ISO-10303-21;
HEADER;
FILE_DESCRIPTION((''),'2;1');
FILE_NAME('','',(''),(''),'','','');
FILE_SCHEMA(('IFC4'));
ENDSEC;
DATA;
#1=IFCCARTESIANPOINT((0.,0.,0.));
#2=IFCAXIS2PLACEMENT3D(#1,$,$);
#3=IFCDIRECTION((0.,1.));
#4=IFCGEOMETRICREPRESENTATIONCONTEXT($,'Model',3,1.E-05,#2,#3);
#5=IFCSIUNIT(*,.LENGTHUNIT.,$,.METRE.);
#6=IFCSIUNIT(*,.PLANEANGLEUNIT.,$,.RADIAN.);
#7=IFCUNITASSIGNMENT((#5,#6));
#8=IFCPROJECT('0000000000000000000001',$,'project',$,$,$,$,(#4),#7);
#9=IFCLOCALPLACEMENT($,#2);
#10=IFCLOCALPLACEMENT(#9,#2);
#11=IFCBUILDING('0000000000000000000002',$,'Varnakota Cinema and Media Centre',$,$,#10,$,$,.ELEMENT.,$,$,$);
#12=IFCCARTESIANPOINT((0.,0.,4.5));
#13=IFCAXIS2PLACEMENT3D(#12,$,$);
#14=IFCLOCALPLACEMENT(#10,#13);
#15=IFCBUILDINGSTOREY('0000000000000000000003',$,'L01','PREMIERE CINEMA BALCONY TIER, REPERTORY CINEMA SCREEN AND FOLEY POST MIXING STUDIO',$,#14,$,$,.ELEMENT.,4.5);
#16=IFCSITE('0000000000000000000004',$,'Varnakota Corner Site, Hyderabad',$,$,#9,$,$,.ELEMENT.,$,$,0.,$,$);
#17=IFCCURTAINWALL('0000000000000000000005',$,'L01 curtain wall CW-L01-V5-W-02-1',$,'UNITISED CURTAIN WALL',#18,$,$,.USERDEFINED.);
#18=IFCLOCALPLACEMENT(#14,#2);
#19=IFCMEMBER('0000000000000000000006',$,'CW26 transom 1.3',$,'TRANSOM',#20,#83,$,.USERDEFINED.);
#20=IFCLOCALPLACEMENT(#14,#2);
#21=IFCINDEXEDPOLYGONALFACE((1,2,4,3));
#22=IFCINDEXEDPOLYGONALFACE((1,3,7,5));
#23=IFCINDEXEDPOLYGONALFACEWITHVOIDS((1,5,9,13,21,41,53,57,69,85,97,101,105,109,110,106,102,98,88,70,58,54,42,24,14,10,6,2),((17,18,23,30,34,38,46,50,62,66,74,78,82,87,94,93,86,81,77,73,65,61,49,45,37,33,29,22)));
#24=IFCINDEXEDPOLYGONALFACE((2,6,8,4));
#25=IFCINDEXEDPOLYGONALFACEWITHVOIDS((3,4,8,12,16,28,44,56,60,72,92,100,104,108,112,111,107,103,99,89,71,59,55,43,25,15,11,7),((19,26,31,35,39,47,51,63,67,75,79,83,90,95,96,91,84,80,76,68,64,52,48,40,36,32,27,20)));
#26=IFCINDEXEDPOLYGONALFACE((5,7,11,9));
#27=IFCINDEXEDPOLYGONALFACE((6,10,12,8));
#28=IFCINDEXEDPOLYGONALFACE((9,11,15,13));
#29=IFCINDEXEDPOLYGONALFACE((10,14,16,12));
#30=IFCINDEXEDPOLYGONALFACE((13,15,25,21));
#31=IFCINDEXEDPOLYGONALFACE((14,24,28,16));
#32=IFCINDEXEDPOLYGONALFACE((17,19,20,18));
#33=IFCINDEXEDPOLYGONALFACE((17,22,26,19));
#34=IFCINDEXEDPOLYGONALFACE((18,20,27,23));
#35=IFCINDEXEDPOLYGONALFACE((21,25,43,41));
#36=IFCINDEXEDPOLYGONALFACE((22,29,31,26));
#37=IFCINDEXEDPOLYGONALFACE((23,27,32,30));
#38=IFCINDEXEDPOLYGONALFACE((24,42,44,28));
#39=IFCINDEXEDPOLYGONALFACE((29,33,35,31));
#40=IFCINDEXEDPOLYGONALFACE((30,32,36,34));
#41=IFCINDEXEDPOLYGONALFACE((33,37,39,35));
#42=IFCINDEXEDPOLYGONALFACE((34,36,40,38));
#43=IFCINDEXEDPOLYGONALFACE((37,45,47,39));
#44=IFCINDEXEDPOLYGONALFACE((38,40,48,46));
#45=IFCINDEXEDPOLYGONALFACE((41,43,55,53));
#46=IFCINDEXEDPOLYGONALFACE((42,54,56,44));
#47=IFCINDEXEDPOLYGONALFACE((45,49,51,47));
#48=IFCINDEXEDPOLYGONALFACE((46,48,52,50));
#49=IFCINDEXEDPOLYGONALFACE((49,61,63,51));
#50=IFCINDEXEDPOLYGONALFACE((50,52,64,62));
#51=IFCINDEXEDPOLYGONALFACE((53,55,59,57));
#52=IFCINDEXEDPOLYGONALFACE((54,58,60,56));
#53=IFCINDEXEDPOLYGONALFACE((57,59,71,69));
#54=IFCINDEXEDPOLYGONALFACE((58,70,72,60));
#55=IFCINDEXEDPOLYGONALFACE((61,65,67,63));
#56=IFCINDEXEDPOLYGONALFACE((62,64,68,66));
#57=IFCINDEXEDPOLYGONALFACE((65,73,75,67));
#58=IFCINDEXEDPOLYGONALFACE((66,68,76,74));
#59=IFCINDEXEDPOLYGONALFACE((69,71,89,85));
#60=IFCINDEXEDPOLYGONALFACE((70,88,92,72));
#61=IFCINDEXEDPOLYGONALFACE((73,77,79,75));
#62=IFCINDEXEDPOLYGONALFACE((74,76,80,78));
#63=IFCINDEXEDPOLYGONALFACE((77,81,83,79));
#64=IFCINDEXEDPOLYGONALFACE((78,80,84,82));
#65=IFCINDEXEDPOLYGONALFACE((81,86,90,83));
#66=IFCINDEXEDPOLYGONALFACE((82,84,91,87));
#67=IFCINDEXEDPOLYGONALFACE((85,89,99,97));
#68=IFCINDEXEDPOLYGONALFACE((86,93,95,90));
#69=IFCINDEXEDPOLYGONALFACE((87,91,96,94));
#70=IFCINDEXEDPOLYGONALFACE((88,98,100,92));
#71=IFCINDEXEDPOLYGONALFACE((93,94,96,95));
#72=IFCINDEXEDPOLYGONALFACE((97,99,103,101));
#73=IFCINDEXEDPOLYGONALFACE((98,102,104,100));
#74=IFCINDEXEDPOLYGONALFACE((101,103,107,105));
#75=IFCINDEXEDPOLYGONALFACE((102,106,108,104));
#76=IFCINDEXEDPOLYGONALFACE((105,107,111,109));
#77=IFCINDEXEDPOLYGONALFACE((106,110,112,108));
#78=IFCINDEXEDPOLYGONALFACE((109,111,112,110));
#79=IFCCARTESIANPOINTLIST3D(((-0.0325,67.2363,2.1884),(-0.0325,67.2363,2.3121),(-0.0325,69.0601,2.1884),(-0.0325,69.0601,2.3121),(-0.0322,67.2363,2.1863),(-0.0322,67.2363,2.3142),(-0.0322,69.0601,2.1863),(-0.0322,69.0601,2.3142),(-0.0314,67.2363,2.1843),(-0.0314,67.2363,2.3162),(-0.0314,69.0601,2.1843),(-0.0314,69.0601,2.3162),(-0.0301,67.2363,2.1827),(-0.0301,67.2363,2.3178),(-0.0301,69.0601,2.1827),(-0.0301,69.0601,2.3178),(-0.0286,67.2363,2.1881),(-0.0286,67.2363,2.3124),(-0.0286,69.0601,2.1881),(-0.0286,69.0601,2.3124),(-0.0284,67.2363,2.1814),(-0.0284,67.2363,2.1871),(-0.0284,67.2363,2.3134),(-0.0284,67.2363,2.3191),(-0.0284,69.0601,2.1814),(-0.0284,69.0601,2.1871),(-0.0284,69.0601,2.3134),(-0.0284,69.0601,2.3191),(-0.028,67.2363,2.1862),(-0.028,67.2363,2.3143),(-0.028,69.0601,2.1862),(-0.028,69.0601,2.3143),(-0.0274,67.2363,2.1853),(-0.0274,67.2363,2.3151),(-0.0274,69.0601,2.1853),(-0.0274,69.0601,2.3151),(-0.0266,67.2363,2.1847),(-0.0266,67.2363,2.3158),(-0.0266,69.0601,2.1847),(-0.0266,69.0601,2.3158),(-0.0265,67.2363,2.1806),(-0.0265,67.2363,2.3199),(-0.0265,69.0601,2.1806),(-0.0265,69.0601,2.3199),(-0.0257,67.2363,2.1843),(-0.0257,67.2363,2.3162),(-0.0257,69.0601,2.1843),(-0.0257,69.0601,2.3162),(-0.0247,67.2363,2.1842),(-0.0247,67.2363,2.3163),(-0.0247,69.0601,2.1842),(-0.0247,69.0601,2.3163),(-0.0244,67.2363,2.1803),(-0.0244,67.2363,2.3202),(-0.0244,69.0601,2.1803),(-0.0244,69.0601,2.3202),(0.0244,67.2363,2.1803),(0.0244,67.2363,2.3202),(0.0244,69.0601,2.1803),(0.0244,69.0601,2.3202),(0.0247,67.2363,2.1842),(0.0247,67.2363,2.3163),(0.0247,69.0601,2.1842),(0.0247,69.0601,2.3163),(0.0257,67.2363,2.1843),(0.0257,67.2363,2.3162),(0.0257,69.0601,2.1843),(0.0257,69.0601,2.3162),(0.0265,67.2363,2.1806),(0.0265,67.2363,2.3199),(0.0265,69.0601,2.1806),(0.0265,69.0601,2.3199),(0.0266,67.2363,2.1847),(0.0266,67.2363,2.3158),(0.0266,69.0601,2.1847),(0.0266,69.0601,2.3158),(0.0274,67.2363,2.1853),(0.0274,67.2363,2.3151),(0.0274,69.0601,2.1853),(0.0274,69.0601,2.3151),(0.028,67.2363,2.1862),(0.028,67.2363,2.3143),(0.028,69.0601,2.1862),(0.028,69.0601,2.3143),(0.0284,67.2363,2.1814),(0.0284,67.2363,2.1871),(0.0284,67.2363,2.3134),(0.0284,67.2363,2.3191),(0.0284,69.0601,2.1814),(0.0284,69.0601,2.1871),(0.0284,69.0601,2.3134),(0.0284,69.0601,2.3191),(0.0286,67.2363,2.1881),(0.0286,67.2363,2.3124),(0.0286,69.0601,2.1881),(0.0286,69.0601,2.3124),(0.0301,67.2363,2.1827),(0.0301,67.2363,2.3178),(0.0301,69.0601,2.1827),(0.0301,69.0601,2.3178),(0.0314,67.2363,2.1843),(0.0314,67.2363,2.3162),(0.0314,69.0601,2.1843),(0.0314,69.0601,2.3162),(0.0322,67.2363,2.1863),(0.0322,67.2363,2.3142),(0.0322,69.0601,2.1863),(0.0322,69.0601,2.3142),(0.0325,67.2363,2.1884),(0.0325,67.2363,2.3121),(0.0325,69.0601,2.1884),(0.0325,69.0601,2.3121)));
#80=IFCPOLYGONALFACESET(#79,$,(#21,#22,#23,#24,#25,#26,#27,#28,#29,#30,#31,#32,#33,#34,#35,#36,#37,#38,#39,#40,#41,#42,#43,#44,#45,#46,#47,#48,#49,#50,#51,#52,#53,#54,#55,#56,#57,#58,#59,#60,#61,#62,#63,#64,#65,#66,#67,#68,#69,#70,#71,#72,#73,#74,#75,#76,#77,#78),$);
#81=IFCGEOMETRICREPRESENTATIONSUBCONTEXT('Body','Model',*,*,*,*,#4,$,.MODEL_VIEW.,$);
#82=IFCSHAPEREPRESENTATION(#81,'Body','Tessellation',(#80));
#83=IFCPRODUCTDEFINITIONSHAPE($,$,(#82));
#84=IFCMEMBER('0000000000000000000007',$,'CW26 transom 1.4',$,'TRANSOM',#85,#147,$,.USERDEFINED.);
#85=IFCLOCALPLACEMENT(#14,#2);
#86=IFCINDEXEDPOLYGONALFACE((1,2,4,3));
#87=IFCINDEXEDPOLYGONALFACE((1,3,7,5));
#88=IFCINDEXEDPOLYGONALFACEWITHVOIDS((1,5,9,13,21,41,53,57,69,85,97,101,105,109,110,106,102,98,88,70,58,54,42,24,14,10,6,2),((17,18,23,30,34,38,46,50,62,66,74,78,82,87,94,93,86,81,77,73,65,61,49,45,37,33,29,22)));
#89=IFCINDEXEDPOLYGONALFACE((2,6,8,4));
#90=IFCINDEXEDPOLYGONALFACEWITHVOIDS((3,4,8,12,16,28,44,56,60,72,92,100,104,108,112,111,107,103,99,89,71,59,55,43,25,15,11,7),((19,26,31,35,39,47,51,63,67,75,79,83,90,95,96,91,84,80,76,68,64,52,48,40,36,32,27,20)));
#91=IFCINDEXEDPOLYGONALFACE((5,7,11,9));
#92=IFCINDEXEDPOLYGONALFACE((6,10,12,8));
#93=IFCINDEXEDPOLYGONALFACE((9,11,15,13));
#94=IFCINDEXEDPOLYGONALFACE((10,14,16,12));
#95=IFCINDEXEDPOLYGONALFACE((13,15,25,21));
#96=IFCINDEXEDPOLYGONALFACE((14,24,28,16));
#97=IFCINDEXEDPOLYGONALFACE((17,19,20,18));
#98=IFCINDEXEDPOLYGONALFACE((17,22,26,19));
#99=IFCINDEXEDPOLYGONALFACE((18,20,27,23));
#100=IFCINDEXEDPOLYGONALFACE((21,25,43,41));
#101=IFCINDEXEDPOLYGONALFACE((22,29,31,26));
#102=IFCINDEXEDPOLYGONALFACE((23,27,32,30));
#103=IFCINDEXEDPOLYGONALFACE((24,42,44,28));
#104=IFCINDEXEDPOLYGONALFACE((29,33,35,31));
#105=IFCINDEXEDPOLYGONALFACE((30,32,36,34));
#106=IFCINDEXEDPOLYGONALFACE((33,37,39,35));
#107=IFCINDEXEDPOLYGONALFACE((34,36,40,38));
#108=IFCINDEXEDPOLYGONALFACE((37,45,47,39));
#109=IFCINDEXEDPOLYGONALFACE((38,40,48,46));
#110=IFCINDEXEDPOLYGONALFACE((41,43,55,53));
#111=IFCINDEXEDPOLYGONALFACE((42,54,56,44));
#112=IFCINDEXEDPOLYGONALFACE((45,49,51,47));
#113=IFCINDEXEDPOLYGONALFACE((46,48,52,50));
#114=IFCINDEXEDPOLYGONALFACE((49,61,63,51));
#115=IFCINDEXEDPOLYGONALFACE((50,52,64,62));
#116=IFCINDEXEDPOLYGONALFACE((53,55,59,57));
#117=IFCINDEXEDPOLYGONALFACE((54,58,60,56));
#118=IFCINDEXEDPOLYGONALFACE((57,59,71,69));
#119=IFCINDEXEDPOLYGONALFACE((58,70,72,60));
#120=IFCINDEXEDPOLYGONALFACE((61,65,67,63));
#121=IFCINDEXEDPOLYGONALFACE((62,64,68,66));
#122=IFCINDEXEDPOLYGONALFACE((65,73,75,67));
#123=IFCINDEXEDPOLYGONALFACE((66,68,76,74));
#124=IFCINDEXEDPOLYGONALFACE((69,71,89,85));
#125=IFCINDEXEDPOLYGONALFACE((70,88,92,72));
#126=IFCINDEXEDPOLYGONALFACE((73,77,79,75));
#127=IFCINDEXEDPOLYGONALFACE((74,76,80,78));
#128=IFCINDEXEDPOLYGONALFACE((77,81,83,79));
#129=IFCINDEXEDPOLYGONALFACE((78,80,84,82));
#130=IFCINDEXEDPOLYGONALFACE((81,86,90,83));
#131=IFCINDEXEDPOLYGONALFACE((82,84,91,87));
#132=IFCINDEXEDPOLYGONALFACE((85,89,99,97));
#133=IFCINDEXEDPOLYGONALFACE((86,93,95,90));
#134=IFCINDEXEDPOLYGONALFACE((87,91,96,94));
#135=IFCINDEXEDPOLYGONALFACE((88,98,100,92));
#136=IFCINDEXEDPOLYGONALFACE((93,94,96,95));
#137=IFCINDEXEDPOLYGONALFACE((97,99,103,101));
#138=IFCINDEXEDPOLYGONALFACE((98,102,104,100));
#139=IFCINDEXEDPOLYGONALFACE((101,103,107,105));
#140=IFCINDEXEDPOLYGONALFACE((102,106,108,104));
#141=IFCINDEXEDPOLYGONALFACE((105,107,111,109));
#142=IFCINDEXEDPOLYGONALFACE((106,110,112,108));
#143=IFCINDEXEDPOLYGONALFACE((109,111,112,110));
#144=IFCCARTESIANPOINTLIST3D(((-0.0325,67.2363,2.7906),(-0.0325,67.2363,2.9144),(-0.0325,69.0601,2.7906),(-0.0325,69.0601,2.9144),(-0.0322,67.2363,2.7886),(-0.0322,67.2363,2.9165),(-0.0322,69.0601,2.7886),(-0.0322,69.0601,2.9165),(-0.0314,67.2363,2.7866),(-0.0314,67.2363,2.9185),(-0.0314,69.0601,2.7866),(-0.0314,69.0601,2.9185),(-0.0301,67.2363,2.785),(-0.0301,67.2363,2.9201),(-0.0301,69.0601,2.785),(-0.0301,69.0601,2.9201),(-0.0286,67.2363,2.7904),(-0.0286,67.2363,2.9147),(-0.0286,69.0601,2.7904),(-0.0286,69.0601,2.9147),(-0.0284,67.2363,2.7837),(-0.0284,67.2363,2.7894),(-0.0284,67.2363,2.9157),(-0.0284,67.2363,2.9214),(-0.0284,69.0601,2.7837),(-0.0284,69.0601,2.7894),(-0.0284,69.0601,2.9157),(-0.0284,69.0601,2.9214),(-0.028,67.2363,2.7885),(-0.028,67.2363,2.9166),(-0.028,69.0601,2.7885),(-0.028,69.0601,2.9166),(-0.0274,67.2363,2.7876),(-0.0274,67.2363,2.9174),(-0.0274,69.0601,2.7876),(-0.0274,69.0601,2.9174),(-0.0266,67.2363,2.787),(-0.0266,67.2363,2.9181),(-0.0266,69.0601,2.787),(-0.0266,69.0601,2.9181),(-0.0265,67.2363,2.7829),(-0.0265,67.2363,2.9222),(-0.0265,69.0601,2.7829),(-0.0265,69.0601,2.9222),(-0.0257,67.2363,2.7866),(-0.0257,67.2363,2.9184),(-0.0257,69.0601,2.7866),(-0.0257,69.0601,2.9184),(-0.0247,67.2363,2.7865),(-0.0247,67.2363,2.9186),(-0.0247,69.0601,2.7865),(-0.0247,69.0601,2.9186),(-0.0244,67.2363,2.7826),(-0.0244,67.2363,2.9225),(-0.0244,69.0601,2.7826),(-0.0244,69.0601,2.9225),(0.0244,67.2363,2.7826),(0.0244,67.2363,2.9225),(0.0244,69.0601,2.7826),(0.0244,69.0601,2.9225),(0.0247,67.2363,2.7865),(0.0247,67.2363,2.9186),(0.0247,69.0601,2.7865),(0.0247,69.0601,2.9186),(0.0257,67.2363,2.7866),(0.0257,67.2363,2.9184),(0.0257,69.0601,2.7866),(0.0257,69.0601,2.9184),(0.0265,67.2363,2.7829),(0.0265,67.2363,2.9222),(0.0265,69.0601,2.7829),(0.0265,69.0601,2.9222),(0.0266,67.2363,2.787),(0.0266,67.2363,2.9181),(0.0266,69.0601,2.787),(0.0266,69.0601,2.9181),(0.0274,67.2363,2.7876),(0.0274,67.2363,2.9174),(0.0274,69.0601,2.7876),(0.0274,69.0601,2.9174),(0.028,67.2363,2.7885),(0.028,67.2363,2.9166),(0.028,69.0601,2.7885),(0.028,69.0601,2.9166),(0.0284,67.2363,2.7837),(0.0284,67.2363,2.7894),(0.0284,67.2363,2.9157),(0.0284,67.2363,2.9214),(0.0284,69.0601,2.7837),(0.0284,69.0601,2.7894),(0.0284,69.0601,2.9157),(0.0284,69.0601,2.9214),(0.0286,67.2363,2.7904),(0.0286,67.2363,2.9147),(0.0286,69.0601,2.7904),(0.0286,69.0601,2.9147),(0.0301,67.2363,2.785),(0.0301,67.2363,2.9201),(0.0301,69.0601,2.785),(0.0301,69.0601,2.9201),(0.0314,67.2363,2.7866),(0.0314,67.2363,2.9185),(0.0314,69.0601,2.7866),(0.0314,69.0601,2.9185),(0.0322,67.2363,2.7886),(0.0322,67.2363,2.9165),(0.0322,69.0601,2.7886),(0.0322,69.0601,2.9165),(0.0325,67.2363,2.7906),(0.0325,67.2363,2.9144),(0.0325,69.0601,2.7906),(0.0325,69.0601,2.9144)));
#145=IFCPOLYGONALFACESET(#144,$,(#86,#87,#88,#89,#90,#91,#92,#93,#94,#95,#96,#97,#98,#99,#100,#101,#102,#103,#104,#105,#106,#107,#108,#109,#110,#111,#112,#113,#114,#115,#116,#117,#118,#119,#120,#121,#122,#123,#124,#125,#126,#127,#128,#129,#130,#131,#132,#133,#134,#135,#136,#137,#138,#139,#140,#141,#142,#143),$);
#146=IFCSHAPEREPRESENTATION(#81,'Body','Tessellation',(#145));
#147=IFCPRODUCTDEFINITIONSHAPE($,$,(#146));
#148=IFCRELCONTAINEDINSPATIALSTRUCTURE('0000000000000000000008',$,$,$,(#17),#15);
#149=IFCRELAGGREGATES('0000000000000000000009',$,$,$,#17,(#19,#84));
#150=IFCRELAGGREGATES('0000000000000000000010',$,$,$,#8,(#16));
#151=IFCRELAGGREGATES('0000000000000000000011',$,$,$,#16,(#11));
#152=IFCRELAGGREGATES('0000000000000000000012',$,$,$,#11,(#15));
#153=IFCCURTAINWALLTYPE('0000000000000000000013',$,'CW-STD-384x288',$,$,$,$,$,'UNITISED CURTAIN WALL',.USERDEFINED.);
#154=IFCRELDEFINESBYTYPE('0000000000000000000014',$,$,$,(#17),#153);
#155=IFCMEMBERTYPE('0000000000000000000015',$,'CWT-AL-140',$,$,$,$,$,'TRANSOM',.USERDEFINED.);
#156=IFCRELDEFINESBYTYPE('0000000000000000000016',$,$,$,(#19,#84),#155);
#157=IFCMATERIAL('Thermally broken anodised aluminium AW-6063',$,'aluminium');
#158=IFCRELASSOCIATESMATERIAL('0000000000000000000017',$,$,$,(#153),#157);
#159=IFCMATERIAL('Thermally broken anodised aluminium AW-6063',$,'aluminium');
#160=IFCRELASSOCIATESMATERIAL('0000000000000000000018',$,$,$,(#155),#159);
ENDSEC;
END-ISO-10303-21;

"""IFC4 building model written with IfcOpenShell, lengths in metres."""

from ifc_helpers import new_model, si_unit, direction, frame, origin, origin_2d, place, context, subcontext, project, spatial, hollow_rectangle, extrude, material, material_profile, profile_set, type_object, element, aggregate, save


model = new_model("IFC4")

# Units and contexts
model_context = context("Model", 3, precision=1e-05, world=origin(), true_north=direction((0.0, 1.0)))
body_context = subcontext(model_context, "Body", "Model", "MODEL_VIEW")
ifc_project = project(units=[si_unit("LENGTHUNIT", "METRE"), si_unit("PLANEANGLEUNIT", "RADIAN")], contexts=[model_context])

# Site, building, storey
site_placement = place(None, origin())
site = spatial("IfcSite", under=ifc_project, at=site_placement, Name="Varnakota Corner Site, Hyderabad", CompositionType="ELEMENT", RefElevation=0.0)
building_placement = place(site_placement, origin())
building = spatial("IfcBuilding", under=site, at=building_placement, Name="Varnakota Cinema and Media Centre", CompositionType="ELEMENT")
storey_placement = place(building_placement, frame((0.0, 0.0, 4.5)))
storey = spatial("IfcBuildingStorey", under=building, at=storey_placement, Name="L01", Description="PREMIERE CINEMA BALCONY TIER, REPERTORY CINEMA SCREEN AND FOLEY POST MIXING STUDIO", CompositionType="ELEMENT", Elevation=4.5)

# Curtain wall
ifc_material_1 = material(Name="Thermally broken anodised aluminium AW-6063", Category="aluminium")
curtain_wall_type = type_object("IfcCurtainWallType", Name="CW-STD-384x288", ElementType="UNITISED CURTAIN WALL", PredefinedType="USERDEFINED", material=ifc_material_1)
curtain_wall_1_placement = place(storey_placement, origin())
curtain_wall_1 = element("IfcCurtainWall", 1, at=curtain_wall_1_placement, inside=storey, type_object=curtain_wall_type, Name="L01 curtain wall CW-L01-V5-W-02-1", ObjectType="UNITISED CURTAIN WALL", PredefinedType="USERDEFINED")

# Members
ifc_material_2 = material(Name="Thermally broken anodised aluminium AW-6063", Category="aluminium")
ifc_material_profile_1 = material_profile(ifc_material_2, hollow_rectangle(XDim=0.0649, YDim=0.1399, WallThickness=0.0039, InnerFilletRadius=0.0039, OuterFilletRadius=0.0081, at=origin_2d()), Name="AL-TRANSOM 140x65x4")
ifc_profile_set_1 = profile_set([ifc_material_profile_1], Name="Thermally broken anodised aluminium AW-6063")
member_type_1 = type_object("IfcMemberType", Name="CWT-AL-140", ElementType="TRANSOM", PredefinedType="USERDEFINED", material=ifc_profile_set_1)
member_1_placement = place(storey_placement, frame((0.0, 69.0601, 2.2502), z_axis=(0.0, -1.0, 0.0), x_axis=(1.0, 0.0, 0.0)))
member_1 = element("IfcMember", 2, at=member_1_placement, type_object=member_type_1, Name="CW26 transom 1.3", ObjectType="TRANSOM", PredefinedType="USERDEFINED", context=body_context, shape_type="SweptSolid", body=[
    extrude(hollow_rectangle(XDim=0.0649, YDim=0.1399, WallThickness=0.0039, InnerFilletRadius=0.0039, OuterFilletRadius=0.0081, at=origin_2d()), origin(), (0.0, 0.0, 1.0), 1.8237),
])
member_2_placement = place(storey_placement, frame((0.0, 69.0601, 2.8525), z_axis=(0.0, -1.0, 0.0), x_axis=(1.0, 0.0, 0.0)))
member_2 = element("IfcMember", 3, at=member_2_placement, type_object=member_type_1, Name="CW26 transom 1.4", ObjectType="TRANSOM", PredefinedType="USERDEFINED", context=body_context, shape_type="SweptSolid", body=[
    extrude(hollow_rectangle(XDim=0.0649, YDim=0.1399, WallThickness=0.0039, InnerFilletRadius=0.0039, OuterFilletRadius=0.0081, at=origin_2d()), origin(), (0.0, 0.0, 1.0), 1.8237),
])

aggregate(curtain_wall_1, [member_1, member_2])

save(model, "model.ifc")
